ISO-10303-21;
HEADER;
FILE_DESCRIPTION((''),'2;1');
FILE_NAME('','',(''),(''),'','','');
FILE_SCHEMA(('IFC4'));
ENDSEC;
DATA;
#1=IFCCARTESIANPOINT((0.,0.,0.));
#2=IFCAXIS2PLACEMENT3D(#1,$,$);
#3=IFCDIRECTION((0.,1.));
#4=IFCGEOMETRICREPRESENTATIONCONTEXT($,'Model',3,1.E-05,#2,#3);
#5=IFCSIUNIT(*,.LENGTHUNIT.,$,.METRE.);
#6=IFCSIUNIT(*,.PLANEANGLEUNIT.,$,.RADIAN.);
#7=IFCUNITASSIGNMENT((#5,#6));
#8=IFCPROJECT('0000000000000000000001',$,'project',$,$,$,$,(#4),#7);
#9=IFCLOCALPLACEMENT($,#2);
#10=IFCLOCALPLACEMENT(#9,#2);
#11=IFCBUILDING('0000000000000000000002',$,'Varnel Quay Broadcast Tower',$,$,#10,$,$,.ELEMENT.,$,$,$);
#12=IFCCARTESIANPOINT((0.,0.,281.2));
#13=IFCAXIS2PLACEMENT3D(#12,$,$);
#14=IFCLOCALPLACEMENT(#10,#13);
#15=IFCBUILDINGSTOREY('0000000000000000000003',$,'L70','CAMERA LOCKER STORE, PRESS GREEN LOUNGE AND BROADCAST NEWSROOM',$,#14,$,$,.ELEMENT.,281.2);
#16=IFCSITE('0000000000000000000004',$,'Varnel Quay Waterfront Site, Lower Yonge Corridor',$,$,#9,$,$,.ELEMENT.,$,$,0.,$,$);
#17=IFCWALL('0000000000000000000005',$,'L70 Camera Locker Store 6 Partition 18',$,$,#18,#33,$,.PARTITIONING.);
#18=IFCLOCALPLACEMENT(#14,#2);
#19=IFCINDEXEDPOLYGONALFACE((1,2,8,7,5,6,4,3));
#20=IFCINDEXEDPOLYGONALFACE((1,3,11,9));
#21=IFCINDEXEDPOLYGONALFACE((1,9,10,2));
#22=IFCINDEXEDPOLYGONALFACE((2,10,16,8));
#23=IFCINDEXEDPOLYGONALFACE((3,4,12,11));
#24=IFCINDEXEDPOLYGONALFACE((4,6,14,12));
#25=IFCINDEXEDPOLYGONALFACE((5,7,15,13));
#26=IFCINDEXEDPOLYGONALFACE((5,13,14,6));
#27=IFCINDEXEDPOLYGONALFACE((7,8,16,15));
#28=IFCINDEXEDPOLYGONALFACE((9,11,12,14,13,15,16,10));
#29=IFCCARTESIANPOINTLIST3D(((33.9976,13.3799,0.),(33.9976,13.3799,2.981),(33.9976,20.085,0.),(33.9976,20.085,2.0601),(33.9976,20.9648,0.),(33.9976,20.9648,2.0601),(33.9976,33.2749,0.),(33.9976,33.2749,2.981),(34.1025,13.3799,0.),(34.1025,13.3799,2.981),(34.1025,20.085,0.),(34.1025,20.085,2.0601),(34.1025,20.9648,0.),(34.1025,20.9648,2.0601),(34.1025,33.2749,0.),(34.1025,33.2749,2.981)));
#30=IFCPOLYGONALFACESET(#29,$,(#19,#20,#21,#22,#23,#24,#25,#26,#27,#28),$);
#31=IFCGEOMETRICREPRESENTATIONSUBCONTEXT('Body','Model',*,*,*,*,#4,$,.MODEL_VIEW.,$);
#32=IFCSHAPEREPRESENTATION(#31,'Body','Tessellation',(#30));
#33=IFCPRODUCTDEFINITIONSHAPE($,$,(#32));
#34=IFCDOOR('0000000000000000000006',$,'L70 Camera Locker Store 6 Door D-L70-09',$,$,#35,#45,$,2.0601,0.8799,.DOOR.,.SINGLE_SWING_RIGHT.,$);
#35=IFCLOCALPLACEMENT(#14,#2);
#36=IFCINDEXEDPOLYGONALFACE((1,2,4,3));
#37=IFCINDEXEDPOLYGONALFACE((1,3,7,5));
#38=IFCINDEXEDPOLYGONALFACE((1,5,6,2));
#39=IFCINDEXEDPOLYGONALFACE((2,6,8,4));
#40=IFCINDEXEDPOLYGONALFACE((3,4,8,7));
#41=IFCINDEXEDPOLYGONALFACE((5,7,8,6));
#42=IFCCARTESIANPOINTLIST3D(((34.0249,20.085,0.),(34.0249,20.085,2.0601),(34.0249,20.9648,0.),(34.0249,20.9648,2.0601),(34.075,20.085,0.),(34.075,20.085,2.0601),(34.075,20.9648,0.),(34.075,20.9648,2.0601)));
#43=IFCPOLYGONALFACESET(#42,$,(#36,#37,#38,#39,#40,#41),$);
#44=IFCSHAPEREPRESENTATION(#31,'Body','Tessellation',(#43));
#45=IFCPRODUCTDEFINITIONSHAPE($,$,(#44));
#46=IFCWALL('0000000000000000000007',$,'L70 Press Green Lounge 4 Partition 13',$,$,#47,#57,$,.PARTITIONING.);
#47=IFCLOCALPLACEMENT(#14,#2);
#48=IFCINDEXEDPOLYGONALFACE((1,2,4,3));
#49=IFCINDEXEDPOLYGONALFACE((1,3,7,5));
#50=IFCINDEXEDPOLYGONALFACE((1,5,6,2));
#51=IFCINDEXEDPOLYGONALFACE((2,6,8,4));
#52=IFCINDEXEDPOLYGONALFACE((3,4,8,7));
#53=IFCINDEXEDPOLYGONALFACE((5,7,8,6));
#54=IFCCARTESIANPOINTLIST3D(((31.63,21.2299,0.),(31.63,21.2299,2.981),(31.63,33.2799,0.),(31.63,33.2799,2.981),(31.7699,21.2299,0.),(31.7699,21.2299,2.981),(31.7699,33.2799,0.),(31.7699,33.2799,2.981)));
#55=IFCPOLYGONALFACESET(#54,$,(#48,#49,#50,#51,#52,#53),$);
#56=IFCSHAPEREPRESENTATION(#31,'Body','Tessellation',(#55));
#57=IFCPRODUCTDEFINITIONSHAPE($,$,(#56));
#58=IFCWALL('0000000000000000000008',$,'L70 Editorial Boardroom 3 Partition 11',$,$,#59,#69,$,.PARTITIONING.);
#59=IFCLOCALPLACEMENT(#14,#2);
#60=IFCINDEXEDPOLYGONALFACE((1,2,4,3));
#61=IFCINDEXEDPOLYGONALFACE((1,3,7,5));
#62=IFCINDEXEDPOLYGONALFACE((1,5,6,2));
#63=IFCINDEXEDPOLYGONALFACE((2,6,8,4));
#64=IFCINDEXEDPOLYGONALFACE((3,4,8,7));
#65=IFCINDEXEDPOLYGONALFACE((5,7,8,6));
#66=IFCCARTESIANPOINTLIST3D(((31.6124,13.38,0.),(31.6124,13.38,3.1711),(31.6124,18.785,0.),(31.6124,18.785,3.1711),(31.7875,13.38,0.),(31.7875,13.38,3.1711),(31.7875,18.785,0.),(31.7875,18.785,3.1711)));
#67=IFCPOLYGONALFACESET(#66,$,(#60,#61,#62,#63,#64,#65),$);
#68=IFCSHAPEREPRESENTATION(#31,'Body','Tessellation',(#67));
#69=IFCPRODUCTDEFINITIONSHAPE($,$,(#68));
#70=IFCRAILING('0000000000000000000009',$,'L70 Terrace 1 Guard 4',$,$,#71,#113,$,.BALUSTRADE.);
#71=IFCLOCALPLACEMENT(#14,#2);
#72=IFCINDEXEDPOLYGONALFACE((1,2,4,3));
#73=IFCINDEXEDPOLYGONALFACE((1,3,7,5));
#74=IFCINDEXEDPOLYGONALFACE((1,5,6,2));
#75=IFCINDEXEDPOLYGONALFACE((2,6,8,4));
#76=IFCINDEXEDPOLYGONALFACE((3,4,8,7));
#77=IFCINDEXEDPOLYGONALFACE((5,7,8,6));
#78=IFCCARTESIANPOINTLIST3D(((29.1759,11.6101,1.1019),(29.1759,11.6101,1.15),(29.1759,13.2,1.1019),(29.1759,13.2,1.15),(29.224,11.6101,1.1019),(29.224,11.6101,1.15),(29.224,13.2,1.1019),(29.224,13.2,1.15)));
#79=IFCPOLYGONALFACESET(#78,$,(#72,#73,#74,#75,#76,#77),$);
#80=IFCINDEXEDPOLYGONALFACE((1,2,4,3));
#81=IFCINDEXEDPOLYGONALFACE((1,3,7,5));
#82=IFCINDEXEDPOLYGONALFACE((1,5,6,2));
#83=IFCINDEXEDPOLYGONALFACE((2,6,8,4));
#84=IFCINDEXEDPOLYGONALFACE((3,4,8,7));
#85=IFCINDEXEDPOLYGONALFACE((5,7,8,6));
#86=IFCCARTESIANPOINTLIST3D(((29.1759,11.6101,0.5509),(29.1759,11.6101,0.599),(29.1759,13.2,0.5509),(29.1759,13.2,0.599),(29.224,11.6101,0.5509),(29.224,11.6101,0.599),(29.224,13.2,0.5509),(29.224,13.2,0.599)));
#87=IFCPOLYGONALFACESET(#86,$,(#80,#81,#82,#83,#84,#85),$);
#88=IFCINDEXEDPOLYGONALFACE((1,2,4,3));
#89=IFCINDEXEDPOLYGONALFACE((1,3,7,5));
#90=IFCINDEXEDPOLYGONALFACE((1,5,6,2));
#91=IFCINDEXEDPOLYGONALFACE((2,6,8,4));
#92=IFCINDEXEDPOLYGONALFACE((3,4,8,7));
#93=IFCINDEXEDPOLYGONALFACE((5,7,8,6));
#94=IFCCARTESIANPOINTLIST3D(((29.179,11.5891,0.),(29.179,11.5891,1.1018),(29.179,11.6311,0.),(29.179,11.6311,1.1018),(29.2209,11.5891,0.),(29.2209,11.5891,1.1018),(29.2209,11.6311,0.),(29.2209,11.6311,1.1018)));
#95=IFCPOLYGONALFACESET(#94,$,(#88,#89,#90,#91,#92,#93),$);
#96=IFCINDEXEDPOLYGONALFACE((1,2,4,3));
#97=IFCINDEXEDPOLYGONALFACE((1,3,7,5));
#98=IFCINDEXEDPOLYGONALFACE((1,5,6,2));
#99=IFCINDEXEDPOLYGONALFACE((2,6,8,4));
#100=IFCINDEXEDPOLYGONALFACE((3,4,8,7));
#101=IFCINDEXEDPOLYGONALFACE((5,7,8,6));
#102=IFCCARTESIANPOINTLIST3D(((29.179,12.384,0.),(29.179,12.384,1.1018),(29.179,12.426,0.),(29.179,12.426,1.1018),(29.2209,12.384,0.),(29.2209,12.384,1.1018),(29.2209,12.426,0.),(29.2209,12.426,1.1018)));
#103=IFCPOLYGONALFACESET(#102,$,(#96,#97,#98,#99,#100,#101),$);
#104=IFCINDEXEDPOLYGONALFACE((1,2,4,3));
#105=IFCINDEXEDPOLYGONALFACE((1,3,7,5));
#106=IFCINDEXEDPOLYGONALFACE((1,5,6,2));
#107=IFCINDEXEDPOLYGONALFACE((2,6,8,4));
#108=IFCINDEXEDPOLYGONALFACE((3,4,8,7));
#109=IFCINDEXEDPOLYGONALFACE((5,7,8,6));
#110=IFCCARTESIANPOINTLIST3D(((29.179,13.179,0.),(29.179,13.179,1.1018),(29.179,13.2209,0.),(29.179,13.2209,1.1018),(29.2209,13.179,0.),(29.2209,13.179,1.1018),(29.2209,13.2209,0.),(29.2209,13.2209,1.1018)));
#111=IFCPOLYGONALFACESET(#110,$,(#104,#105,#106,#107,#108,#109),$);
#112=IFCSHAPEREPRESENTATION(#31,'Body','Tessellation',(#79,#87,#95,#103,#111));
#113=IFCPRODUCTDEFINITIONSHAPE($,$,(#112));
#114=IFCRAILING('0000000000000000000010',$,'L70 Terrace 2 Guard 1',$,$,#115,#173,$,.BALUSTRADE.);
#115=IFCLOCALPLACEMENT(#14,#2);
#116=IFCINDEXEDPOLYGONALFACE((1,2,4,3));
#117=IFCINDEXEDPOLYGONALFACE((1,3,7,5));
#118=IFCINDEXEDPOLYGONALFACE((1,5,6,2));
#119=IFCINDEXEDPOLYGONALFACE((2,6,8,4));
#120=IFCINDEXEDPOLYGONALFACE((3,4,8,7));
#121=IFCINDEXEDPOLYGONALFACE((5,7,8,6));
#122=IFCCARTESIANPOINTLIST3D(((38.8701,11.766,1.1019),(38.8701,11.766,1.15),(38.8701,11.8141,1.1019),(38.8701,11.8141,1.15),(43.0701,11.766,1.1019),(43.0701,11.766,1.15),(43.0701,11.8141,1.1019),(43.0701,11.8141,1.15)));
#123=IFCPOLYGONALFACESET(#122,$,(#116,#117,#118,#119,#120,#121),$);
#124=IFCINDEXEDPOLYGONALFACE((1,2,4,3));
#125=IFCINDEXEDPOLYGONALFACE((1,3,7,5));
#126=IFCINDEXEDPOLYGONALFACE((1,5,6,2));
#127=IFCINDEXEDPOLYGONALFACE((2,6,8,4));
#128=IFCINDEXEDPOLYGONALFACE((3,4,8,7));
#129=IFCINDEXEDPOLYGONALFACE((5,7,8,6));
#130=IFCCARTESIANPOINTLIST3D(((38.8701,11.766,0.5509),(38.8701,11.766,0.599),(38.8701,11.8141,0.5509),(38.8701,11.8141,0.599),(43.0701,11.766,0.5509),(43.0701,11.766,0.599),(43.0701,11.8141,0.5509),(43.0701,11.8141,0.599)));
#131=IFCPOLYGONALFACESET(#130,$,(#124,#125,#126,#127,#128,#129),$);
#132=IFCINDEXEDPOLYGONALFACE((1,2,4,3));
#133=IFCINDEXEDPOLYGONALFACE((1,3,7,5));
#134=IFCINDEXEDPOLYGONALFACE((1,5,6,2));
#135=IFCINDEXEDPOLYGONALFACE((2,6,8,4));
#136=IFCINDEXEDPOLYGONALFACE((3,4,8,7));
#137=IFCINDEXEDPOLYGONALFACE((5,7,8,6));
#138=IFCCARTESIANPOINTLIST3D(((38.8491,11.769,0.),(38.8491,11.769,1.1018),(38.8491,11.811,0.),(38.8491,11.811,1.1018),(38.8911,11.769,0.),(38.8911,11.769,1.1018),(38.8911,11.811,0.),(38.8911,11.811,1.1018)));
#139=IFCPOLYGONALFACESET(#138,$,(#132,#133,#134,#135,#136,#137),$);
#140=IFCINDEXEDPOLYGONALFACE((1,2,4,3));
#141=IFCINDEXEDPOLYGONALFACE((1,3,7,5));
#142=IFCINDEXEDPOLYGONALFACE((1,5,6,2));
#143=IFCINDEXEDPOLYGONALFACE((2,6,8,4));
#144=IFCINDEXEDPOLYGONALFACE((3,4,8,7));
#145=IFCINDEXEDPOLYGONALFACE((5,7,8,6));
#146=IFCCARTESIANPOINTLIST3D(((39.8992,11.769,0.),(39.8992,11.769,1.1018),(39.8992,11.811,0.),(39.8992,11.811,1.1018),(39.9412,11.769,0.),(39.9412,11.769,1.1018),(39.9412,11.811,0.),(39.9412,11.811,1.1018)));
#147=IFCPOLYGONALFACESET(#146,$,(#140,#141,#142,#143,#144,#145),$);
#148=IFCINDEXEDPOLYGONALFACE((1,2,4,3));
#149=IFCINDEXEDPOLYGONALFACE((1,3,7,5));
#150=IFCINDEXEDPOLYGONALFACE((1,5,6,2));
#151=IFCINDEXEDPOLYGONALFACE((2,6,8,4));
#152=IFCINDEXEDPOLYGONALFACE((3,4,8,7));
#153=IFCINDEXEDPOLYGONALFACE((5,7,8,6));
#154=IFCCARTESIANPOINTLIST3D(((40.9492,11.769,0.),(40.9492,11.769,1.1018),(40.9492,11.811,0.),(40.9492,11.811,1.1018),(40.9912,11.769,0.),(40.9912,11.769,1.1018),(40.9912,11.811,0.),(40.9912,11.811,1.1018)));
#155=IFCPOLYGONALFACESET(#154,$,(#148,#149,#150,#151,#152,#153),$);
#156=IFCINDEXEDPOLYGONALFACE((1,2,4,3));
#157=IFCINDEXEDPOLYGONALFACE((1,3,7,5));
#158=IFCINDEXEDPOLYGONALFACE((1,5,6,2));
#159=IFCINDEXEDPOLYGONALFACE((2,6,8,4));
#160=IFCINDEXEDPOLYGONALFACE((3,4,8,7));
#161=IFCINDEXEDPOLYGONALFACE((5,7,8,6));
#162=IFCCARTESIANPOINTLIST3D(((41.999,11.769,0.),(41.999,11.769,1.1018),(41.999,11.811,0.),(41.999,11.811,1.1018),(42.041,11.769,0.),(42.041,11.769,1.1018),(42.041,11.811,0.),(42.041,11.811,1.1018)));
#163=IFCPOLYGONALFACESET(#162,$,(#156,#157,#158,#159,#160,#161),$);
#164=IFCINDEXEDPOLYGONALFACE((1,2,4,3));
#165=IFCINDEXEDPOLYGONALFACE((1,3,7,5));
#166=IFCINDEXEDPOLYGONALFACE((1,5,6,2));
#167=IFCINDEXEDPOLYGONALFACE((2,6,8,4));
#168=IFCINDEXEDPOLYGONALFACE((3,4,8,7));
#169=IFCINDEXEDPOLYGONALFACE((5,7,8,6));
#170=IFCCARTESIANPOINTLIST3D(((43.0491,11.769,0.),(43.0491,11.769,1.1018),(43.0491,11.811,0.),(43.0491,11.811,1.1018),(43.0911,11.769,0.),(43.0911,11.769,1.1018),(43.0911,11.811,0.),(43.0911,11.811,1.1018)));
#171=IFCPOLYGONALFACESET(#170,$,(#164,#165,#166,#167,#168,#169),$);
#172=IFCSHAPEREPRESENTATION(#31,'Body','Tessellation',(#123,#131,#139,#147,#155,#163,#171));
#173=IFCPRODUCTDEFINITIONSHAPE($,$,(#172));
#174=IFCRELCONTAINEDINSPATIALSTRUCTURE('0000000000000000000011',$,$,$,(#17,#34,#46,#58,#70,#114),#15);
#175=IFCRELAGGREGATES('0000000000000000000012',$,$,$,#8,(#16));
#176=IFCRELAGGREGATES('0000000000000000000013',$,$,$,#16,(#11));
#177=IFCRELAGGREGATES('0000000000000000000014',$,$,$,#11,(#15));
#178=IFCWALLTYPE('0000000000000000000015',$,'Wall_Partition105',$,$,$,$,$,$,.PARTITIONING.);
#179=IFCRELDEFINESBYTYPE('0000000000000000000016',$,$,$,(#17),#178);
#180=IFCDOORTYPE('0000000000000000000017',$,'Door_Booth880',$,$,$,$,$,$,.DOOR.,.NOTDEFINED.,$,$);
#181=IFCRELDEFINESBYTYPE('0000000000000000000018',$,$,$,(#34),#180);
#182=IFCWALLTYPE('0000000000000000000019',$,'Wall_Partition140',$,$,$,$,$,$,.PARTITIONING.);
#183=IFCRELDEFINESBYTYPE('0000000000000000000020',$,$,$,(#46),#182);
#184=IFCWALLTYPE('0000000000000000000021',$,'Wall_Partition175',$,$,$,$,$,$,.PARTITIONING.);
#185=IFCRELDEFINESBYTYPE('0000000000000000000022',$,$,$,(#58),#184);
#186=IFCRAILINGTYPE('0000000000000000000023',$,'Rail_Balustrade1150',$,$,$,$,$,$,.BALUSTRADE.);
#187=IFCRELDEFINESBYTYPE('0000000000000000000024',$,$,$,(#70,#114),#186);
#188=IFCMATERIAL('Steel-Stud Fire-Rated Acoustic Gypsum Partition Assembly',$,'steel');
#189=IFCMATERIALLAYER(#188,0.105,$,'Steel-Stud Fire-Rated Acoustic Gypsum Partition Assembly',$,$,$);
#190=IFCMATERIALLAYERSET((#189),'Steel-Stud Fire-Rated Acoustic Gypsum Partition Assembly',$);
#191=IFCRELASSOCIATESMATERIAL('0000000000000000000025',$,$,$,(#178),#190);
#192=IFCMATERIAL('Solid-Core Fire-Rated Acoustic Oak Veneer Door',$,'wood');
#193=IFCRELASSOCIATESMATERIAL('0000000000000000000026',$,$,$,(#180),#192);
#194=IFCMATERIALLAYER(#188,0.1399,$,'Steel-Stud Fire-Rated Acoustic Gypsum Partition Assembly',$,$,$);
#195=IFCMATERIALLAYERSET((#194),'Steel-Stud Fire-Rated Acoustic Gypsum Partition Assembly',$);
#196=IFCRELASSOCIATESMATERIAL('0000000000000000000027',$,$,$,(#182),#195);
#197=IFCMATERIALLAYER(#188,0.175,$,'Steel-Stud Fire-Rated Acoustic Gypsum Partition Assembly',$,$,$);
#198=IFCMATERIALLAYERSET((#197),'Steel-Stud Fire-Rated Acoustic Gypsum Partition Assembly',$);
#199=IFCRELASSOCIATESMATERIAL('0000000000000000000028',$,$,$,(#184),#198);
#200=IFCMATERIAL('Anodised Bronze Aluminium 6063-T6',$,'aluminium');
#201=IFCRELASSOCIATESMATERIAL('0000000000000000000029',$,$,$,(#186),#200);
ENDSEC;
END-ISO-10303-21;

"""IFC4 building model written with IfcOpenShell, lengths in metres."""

from ifc_helpers import new_model, si_unit, direction, frame, frame_2d, origin, origin_2d, place, context, subcontext, project, spatial, rectangle, extrude, source, transform, mapped, material, layer, layer_set, type_object, type_shapes, element, fill, save


model = new_model("IFC4")

# Units and contexts
model_context = context("Model", 3, precision=1e-05, world=origin(), true_north=direction((0.0, 1.0)))
body_context = subcontext(model_context, "Body", "Model", "MODEL_VIEW")
ifc_project = project(units=[si_unit("LENGTHUNIT", "METRE"), si_unit("PLANEANGLEUNIT", "RADIAN")], contexts=[model_context])

# Site, building, storey
site_placement = place(None, origin())
site = spatial("IfcSite", under=ifc_project, at=site_placement, Name="Varnel Quay Waterfront Site, Lower Yonge Corridor", CompositionType="ELEMENT", RefElevation=0.0)
building_placement = place(site_placement, origin())
building = spatial("IfcBuilding", under=site, at=building_placement, Name="Varnel Quay Broadcast Tower", CompositionType="ELEMENT")
storey_placement = place(building_placement, frame((0.0, 0.0, 281.2)))
storey = spatial("IfcBuildingStorey", under=building, at=storey_placement, Name="L70", Description="CAMERA LOCKER STORE, PRESS GREEN LOUNGE AND BROADCAST NEWSROOM", CompositionType="ELEMENT", Elevation=281.2)

# Shared definitions
ifc_material_1 = material(Name="Anodised Bronze Aluminium 6063-T6", Category="aluminium")

# Wall, opening, door
ifc_material_2 = material(Name="Steel-Stud Fire-Rated Acoustic Gypsum Partition Assembly", Category="steel")
ifc_layer_1 = layer(ifc_material_2, 0.105, Name="Steel-Stud Fire-Rated Acoustic Gypsum Partition Assembly")
ifc_layer_set_1 = layer_set([ifc_layer_1], Name="Steel-Stud Fire-Rated Acoustic Gypsum Partition Assembly")
wall_type_1 = type_object("IfcWallType", Name="Wall_Partition105", PredefinedType="PARTITIONING", material=ifc_layer_set_1)
wall_1_placement = place(storey_placement, frame((34.05, 13.3799, 0.0), z_axis=(0.0, 0.0, 1.0), x_axis=(0.0, 1.0, 0.0)))
wall_1 = element("IfcWall", 1, at=wall_1_placement, inside=storey, type_object=wall_type_1, Name="L70 Camera Locker Store 6 Partition 18", PredefinedType="PARTITIONING", context=body_context, shape_type="SweptSolid", body=[
    extrude(rectangle(XDim=19.895, YDim=0.105, at=frame_2d((9.9475, 0.0))), origin(), (0.0, 0.0, 1.0), 2.981),
])
opening_1_placement = place(wall_1_placement, frame((6.7051, 0.0, 0.0)))
opening_1 = element("IfcOpeningElement", 2, at=opening_1_placement, cuts=wall_1, PredefinedType="OPENING", context=body_context, shape_type="SweptSolid", body=[
    extrude(rectangle(XDim=0.8799, YDim=2.0601, at=frame_2d((0.4399, 1.03))), frame((0.0, 0.0625, 0.0), z_axis=(0.0, -1.0, 0.0), x_axis=(1.0, 0.0, 0.0)), (0.0, 0.0, 1.0), 0.125),
])
ifc_material_3 = material(Name="Solid-Core Fire-Rated Acoustic Oak Veneer Door", Category="wood")
door_type_1 = type_object("IfcDoorType", Name="Door_Booth880", OperationType="NOTDEFINED", PredefinedType="DOOR", material=ifc_material_3)
shared_shape_1 = source(origin(), body_context, "Body", "SweptSolid", [
    extrude(rectangle(XDim=0.8799, YDim=2.0601, at=frame_2d((0.4399, 1.03))), frame((0.0, 0.0249, 0.0), z_axis=(0.0, -1.0, 0.0), x_axis=(1.0, 0.0, 0.0)), (0.0, 0.0, 1.0), 0.05),
])
type_shapes(door_type_1, [shared_shape_1])
door_1_placement = place(opening_1_placement, frame((0.8799, 0.0, 0.0), z_axis=(0.0, 0.0, 1.0), x_axis=(-1.0, 0.0, 0.0)))
door_1 = element("IfcDoor", 3, at=door_1_placement, inside=storey, type_object=door_type_1, Name="L70 Camera Locker Store 6 Door D-L70-09", OperationType="SINGLE_SWING_RIGHT", OverallHeight=2.0601, OverallWidth=0.8799, PredefinedType="DOOR", context=body_context, shape_type="MappedRepresentation", body=[
    mapped(shared_shape_1, transform((0.0, 0.0, 0.0), x_axis=(1.0, 0.0, 0.0), y_axis=(0.0, 1.0, 0.0), z_axis=(0.0, 0.0, 1.0), scale=1.0)),
])
fill(opening_1, door_1)

# Walls
ifc_layer_2 = layer(ifc_material_2, 0.1399, Name="Steel-Stud Fire-Rated Acoustic Gypsum Partition Assembly")
ifc_layer_set_2 = layer_set([ifc_layer_2], Name="Steel-Stud Fire-Rated Acoustic Gypsum Partition Assembly")
wall_type_2 = type_object("IfcWallType", Name="Wall_Partition140", PredefinedType="PARTITIONING", material=ifc_layer_set_2)
wall_2_placement = place(storey_placement, frame((31.7, 21.23, 0.0), z_axis=(0.0, 0.0, 1.0), x_axis=(0.0, 1.0, 0.0)))
element("IfcWall", 4, at=wall_2_placement, inside=storey, type_object=wall_type_2, Name="L70 Press Green Lounge 4 Partition 13", PredefinedType="PARTITIONING", context=body_context, shape_type="SweptSolid", body=[
    extrude(rectangle(XDim=12.05, YDim=0.1399, at=frame_2d((6.0249, 0.0))), origin(), (0.0, 0.0, 1.0), 2.981),
])
ifc_layer_3 = layer(ifc_material_2, 0.175, Name="Steel-Stud Fire-Rated Acoustic Gypsum Partition Assembly")
ifc_layer_set_3 = layer_set([ifc_layer_3], Name="Steel-Stud Fire-Rated Acoustic Gypsum Partition Assembly")
wall_type_3 = type_object("IfcWallType", Name="Wall_Partition175", PredefinedType="PARTITIONING", material=ifc_layer_set_3)
wall_3_placement = place(storey_placement, frame((31.7, 13.3799, 0.0), z_axis=(0.0, 0.0, 1.0), x_axis=(0.0, 1.0, 0.0)))
element("IfcWall", 5, at=wall_3_placement, inside=storey, type_object=wall_type_3, Name="L70 Editorial Boardroom 3 Partition 11", PredefinedType="PARTITIONING", context=body_context, shape_type="SweptSolid", body=[
    extrude(rectangle(XDim=5.405, YDim=0.175, at=frame_2d((2.7026, 0.0))), origin(), (0.0, 0.0, 1.0), 3.1711),
])

# Railings
railing_type = type_object("IfcRailingType", Name="Rail_Balustrade1150", PredefinedType="BALUSTRADE", material=ifc_material_1)
railing_1_placement = place(storey_placement, frame((29.2, 11.6101, 0.0)))
element("IfcRailing", 6, at=railing_1_placement, inside=storey, type_object=railing_type, Name="L70 Terrace 1 Guard 4", PredefinedType="BALUSTRADE", context=body_context, shape_type="SweptSolid", body=[
    extrude(rectangle(XDim=0.0481, YDim=0.0481, at=origin_2d()), frame((0.0, 0.0, 1.126), z_axis=(0.0, 1.0, 0.0), x_axis=(-1.0, 0.0, 0.0)), (0.0, 0.0, 1.0), 1.5898),
    extrude(rectangle(XDim=0.0481, YDim=0.0481, at=origin_2d()), frame((0.0, 0.0, 0.575), z_axis=(0.0, 1.0, 0.0), x_axis=(-1.0, 0.0, 0.0)), (0.0, 0.0, 1.0), 1.5898),
    extrude(rectangle(XDim=0.042, YDim=0.042, at=origin_2d()), origin(), (0.0, 0.0, 1.0), 1.1018),
    extrude(rectangle(XDim=0.042, YDim=0.042, at=origin_2d()), frame((0.0, 0.7949, 0.0)), (0.0, 0.0, 1.0), 1.1018),
    extrude(rectangle(XDim=0.042, YDim=0.042, at=origin_2d()), frame((0.0, 1.5898, 0.0)), (0.0, 0.0, 1.0), 1.1018),
])
railing_2_placement = place(storey_placement, frame((38.8701, 11.79, 0.0)))
element("IfcRailing", 7, at=railing_2_placement, inside=storey, type_object=railing_type, Name="L70 Terrace 2 Guard 1", PredefinedType="BALUSTRADE", context=body_context, shape_type="SweptSolid", body=[
    extrude(rectangle(XDim=0.0481, YDim=0.0481, at=origin_2d()), frame((0.0, 0.0, 1.126), z_axis=(1.0, 0.0, 0.0), x_axis=(0.0, 1.0, 0.0)), (0.0, 0.0, 1.0), 4.2),
    extrude(rectangle(XDim=0.0481, YDim=0.0481, at=origin_2d()), frame((0.0, 0.0, 0.575), z_axis=(1.0, 0.0, 0.0), x_axis=(0.0, 1.0, 0.0)), (0.0, 0.0, 1.0), 4.2),
    extrude(rectangle(XDim=0.042, YDim=0.042, at=origin_2d()), origin(), (0.0, 0.0, 1.0), 1.1018),
    extrude(rectangle(XDim=0.042, YDim=0.042, at=origin_2d()), frame((1.05, 0.0, 0.0)), (0.0, 0.0, 1.0), 1.1018),
    extrude(rectangle(XDim=0.042, YDim=0.042, at=origin_2d()), frame((2.1001, 0.0, 0.0)), (0.0, 0.0, 1.0), 1.1018),
    extrude(rectangle(XDim=0.042, YDim=0.042, at=origin_2d()), frame((3.1499, 0.0, 0.0)), (0.0, 0.0, 1.0), 1.1018),
    extrude(rectangle(XDim=0.042, YDim=0.042, at=origin_2d()), frame((4.2, 0.0, 0.0)), (0.0, 0.0, 1.0), 1.1018),
])

save(model, "model.ifc")
